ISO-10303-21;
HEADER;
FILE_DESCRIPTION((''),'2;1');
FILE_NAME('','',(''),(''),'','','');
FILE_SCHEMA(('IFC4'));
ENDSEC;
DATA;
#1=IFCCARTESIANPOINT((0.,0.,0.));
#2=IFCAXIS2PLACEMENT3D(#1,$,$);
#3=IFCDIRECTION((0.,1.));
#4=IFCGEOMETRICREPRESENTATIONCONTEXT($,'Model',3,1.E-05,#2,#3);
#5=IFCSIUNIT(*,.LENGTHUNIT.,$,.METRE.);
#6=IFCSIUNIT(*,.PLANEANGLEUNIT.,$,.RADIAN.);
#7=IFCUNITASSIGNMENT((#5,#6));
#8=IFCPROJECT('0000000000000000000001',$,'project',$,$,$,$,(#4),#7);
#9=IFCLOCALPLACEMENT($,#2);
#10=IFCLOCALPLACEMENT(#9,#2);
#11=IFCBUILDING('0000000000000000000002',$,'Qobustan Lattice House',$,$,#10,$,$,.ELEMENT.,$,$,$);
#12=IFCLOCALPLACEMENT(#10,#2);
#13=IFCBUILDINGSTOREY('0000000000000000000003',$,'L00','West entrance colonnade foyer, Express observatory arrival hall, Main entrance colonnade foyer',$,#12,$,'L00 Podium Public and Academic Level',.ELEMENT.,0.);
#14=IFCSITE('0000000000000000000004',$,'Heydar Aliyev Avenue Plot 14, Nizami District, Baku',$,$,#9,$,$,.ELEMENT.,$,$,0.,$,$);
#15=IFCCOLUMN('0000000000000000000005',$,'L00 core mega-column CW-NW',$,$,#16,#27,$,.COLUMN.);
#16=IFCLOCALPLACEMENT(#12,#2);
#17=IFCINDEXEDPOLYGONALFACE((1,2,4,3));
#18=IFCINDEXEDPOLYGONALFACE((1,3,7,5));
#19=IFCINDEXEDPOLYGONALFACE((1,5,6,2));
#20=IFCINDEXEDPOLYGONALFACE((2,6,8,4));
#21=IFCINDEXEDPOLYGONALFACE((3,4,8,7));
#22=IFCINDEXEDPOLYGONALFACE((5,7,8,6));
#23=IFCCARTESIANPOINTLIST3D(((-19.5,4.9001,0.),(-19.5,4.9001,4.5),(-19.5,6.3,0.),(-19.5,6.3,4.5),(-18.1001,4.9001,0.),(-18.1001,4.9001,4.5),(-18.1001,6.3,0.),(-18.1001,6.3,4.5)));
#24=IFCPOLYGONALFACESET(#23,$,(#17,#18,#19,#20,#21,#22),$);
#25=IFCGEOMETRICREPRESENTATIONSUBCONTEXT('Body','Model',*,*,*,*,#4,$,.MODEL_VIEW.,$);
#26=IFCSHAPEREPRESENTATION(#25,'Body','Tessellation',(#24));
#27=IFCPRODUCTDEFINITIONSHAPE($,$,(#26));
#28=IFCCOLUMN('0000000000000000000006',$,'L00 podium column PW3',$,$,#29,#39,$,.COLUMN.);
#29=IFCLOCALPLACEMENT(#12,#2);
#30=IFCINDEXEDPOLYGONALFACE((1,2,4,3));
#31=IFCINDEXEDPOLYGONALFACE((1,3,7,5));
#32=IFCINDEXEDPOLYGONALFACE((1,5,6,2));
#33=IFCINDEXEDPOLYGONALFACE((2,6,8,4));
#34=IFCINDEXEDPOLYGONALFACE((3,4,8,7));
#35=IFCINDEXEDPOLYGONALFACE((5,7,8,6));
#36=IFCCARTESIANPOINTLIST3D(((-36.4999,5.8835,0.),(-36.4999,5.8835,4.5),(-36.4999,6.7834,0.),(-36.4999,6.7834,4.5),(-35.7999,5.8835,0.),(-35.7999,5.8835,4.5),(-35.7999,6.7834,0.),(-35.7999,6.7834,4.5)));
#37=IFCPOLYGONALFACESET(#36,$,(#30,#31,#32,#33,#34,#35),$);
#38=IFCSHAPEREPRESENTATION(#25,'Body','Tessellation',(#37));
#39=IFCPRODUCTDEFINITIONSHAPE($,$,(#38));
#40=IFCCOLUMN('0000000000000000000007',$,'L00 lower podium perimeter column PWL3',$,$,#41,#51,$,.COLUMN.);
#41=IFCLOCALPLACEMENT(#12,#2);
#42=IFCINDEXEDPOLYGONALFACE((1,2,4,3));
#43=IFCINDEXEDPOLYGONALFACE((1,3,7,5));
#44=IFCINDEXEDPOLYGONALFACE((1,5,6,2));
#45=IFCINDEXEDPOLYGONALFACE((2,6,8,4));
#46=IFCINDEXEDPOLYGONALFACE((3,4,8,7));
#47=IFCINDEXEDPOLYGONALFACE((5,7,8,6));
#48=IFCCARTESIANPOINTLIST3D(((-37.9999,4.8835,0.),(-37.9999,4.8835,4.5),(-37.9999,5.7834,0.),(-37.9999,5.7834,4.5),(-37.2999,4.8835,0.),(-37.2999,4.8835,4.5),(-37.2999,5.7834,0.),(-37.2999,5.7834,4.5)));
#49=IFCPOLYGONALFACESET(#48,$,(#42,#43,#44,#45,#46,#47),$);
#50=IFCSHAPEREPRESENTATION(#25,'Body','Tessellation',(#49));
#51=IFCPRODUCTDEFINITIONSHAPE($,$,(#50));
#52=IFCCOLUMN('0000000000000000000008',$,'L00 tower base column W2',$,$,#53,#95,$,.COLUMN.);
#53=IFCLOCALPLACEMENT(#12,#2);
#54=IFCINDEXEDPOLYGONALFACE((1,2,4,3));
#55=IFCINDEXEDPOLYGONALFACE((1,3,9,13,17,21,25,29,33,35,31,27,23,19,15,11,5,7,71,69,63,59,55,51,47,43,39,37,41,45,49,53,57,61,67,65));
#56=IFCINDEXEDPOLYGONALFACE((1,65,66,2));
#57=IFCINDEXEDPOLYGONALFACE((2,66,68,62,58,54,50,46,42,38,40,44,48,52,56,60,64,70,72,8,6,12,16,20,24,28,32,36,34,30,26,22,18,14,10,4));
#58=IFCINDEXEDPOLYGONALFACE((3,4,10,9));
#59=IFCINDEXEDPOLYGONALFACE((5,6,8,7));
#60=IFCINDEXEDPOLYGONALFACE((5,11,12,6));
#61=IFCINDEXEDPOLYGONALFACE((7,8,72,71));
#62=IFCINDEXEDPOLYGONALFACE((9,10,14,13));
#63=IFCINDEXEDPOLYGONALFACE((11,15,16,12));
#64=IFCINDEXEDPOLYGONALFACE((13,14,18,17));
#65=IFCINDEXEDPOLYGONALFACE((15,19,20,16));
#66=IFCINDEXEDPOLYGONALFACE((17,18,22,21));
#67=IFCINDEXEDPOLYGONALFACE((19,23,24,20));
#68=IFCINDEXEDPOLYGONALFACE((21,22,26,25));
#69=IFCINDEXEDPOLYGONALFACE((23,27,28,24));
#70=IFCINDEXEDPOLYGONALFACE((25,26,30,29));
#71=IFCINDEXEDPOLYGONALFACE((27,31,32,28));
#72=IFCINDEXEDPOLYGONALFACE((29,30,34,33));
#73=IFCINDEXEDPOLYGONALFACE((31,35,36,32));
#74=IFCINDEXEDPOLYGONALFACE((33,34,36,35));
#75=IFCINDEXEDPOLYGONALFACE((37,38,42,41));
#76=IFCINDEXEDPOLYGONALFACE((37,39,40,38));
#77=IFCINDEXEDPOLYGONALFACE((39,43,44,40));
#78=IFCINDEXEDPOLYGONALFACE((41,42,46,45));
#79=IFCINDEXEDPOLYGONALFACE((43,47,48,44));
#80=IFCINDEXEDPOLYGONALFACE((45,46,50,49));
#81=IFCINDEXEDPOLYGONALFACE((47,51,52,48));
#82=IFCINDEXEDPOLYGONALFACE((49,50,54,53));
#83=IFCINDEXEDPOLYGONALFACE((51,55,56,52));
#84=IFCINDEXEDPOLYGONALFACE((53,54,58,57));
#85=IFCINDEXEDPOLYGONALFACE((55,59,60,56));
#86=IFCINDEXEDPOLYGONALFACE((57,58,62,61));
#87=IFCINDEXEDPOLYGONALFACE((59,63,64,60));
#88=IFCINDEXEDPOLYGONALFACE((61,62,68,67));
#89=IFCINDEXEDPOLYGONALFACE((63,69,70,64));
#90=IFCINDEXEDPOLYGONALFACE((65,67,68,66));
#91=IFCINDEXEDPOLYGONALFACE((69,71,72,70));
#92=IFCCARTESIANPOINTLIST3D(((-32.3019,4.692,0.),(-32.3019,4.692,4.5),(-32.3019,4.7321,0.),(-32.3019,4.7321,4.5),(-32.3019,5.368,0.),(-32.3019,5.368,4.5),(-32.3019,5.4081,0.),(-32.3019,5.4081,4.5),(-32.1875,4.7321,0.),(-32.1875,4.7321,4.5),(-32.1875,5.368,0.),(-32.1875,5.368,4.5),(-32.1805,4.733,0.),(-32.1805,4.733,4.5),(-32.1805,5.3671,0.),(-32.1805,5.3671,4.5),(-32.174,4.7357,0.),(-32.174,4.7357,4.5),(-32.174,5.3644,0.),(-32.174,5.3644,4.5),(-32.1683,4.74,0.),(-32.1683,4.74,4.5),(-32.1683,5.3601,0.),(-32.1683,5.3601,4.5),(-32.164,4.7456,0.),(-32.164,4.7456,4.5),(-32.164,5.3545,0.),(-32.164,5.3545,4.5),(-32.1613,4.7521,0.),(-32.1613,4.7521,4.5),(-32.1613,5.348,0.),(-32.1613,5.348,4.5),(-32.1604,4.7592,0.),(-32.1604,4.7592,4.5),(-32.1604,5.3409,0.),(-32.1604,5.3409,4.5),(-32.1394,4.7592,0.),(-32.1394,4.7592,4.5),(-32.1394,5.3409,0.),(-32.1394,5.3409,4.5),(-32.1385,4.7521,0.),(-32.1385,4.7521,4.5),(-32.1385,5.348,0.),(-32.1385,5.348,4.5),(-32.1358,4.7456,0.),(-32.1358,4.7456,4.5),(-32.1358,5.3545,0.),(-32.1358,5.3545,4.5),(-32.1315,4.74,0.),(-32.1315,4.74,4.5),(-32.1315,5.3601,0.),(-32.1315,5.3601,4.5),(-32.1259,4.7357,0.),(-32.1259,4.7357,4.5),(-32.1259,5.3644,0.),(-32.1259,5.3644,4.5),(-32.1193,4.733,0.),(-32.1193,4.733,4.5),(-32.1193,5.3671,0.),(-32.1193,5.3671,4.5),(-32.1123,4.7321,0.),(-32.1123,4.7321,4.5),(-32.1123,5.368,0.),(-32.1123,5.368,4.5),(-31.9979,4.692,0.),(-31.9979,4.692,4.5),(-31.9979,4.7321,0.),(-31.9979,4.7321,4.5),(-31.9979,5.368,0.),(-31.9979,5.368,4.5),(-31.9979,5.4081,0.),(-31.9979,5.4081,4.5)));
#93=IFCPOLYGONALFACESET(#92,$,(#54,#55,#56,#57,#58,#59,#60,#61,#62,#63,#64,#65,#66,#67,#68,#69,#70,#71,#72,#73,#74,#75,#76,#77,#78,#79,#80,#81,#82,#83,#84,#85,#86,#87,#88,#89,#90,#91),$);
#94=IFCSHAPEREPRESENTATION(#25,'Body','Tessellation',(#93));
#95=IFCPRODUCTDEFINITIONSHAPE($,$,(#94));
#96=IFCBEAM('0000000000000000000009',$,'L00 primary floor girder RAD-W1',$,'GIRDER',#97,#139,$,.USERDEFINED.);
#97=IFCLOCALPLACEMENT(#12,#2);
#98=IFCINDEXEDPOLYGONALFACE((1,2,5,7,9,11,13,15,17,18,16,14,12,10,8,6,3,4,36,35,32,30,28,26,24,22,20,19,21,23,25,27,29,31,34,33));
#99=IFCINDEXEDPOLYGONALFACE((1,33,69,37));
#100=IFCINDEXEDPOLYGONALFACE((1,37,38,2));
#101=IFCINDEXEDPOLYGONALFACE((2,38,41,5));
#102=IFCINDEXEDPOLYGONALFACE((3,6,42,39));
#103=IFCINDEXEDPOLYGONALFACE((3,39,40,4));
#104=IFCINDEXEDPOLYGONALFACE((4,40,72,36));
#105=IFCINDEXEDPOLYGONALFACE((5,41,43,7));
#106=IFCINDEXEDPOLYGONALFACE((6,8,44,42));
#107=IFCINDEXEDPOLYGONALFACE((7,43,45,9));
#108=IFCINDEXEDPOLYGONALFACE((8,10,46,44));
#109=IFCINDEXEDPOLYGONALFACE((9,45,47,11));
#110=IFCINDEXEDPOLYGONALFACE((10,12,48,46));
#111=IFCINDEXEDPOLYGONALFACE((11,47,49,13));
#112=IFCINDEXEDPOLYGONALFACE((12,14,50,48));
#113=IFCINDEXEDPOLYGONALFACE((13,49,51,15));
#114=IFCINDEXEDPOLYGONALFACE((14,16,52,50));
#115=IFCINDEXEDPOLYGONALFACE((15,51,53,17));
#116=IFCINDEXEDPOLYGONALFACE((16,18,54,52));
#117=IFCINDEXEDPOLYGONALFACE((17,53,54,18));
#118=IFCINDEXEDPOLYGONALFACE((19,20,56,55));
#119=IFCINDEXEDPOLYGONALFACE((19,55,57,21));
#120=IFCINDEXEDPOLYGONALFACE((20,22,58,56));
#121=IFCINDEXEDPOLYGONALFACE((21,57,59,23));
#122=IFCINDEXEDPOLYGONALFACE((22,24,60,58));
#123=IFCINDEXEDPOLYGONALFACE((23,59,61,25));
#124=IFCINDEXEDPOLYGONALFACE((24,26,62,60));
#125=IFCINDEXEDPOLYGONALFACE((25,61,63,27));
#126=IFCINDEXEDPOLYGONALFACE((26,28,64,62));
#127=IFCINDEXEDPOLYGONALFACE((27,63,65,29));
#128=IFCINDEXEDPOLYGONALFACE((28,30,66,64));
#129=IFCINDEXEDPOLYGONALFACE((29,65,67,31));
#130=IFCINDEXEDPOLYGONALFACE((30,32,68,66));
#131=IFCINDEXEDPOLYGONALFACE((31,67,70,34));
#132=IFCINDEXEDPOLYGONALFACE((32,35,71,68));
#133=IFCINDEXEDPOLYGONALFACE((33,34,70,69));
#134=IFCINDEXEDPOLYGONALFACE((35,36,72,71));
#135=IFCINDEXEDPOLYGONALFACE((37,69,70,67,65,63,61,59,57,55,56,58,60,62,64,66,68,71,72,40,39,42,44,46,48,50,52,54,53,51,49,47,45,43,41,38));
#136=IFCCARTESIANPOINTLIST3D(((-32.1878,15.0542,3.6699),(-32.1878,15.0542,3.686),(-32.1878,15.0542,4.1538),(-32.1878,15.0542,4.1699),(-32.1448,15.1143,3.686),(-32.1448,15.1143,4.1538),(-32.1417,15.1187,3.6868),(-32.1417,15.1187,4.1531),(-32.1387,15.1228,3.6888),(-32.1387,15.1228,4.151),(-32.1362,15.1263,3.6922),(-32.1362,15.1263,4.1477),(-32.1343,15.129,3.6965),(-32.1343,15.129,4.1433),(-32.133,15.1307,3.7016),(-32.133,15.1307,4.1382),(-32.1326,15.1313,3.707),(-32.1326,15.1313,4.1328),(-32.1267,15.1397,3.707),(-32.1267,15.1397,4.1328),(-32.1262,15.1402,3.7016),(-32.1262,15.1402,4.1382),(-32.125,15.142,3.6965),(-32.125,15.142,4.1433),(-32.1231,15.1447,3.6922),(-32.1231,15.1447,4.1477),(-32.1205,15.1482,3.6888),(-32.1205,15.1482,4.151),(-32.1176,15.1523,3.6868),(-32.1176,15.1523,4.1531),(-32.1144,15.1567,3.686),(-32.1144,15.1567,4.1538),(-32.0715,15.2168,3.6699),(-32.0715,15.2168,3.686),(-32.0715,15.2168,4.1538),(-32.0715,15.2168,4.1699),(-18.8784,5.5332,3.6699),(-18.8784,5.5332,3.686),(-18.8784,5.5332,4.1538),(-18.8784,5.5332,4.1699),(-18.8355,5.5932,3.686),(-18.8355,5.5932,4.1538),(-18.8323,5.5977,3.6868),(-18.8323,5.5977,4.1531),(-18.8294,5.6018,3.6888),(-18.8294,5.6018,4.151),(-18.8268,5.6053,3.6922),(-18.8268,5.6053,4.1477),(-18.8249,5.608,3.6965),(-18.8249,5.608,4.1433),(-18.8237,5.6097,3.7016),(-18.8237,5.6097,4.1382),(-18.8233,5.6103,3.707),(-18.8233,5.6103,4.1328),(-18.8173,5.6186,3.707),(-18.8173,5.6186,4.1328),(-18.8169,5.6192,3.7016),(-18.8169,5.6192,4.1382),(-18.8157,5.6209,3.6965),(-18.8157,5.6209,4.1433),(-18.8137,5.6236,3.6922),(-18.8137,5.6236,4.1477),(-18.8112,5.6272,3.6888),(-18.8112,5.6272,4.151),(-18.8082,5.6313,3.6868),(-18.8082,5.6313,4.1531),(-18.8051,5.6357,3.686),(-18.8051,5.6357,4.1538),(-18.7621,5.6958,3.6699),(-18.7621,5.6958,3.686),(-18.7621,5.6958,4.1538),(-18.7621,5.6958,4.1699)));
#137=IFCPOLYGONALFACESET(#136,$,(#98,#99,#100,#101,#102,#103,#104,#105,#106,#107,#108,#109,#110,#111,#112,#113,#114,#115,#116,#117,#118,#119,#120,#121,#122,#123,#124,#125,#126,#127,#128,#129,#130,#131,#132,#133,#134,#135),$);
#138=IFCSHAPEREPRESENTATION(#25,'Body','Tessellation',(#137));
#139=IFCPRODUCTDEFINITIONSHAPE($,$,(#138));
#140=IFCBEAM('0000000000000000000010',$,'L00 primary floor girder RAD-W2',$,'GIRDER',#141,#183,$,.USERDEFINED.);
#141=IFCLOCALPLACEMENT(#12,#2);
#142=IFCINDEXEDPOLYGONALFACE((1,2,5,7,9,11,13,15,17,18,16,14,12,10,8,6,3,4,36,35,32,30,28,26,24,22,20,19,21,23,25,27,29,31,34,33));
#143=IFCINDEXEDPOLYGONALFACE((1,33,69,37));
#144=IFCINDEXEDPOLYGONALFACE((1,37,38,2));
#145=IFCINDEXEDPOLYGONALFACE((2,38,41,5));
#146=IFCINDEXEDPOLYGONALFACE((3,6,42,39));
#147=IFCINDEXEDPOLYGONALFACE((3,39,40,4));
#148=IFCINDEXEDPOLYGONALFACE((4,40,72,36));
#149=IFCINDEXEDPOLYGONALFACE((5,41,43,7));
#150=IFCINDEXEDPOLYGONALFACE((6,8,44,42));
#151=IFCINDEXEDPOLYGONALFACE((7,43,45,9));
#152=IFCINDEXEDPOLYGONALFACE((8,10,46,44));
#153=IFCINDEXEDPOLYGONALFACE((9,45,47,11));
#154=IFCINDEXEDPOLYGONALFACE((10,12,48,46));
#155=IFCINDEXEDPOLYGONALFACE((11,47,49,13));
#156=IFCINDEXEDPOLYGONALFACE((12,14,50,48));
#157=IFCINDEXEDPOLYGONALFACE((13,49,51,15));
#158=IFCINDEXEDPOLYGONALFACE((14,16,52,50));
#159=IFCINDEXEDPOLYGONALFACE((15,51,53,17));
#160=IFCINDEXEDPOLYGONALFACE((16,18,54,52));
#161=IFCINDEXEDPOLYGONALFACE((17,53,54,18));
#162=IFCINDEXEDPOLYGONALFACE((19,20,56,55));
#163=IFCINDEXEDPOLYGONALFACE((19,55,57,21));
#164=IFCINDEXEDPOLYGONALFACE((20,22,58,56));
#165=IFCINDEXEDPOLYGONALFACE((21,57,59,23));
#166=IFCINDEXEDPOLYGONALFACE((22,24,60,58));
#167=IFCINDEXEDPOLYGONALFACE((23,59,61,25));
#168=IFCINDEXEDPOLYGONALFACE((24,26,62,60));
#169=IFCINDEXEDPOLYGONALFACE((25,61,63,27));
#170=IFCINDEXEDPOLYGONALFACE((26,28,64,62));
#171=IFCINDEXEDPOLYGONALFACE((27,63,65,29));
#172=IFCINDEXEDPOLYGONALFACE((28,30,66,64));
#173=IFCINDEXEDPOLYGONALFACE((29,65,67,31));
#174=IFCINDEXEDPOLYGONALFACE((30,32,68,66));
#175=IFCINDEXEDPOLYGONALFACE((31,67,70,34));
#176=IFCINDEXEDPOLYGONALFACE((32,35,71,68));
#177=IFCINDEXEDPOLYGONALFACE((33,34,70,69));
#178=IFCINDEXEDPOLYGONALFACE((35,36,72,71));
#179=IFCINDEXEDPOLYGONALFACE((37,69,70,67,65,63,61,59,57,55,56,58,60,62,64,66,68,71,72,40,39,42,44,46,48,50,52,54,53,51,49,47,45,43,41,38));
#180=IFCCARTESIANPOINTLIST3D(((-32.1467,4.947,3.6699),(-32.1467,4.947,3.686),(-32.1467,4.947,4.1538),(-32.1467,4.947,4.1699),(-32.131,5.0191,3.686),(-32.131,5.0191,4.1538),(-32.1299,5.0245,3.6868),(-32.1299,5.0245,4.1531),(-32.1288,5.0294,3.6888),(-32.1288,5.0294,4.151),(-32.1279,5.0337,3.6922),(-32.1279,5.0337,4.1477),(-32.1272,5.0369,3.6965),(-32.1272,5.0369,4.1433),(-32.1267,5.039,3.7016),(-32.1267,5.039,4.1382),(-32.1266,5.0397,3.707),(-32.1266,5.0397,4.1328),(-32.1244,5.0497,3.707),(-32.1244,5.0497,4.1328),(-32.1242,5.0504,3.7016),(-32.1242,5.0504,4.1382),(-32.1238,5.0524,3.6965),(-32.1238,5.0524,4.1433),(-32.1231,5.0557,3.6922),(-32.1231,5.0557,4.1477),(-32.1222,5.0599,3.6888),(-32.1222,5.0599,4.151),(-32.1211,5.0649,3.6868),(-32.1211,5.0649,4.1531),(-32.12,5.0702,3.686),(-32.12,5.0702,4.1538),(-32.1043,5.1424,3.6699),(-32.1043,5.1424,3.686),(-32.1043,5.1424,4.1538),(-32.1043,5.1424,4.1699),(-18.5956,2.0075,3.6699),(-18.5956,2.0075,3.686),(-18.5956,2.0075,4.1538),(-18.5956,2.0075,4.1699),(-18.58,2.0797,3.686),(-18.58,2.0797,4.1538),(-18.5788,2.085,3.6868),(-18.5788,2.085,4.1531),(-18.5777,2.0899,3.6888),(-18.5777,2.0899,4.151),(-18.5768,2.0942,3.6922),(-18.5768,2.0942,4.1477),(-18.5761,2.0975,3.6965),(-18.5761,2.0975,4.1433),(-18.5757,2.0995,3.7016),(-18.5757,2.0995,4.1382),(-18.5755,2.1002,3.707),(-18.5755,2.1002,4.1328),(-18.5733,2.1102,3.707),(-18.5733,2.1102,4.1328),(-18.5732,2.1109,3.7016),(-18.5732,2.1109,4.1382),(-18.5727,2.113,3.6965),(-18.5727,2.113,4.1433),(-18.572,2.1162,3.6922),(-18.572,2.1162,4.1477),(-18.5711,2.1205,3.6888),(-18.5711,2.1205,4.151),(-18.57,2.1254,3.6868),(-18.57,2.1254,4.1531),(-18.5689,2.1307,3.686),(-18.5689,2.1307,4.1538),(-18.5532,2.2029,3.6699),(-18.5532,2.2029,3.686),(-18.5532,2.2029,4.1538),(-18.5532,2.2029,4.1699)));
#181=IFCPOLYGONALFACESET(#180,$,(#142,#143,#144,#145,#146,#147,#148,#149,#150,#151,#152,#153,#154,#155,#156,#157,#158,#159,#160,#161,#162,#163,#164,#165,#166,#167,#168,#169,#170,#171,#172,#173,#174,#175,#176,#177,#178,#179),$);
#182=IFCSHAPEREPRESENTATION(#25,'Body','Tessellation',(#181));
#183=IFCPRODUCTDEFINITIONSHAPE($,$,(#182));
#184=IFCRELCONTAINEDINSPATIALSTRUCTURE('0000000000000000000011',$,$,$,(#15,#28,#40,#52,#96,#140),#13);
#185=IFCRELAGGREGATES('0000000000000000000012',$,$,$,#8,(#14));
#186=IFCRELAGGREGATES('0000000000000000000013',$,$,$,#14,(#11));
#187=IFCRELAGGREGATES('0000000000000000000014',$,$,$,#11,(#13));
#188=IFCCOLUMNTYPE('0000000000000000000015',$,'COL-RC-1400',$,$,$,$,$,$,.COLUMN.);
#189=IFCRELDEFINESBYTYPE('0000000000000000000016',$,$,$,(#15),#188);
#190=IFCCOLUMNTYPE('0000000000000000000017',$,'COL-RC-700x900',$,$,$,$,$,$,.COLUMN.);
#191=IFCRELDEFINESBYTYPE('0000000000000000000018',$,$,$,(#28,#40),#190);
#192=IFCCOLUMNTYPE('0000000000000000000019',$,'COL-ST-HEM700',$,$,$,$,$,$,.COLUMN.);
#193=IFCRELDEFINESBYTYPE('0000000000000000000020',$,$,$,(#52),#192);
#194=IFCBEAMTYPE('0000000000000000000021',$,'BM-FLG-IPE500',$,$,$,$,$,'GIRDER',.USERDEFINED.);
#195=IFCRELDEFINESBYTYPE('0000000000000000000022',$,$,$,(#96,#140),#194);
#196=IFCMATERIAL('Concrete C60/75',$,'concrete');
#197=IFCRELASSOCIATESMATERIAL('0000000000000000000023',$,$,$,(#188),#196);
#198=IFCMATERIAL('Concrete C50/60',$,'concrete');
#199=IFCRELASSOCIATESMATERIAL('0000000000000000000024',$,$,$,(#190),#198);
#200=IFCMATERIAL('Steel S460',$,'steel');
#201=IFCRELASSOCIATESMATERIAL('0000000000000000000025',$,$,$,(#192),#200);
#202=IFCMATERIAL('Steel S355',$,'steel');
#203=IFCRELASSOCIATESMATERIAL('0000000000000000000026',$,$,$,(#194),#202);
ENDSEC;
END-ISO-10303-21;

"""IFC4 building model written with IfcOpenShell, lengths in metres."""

from ifc_helpers import new_model, si_unit, direction, frame, origin, origin_2d, place, context, subcontext, project, spatial, rectangle, i_section, extrude, material, material_profile, profile_set, type_object, element, save


model = new_model("IFC4")

# Units and contexts
model_context = context("Model", 3, precision=1e-05, world=origin(), true_north=direction((0.0, 1.0)))
body_context = subcontext(model_context, "Body", "Model", "MODEL_VIEW")
ifc_project = project(units=[si_unit("LENGTHUNIT", "METRE"), si_unit("PLANEANGLEUNIT", "RADIAN")], contexts=[model_context])

# Site, building, storey
site_placement = place(None, origin())
site = spatial("IfcSite", under=ifc_project, at=site_placement, Name="Heydar Aliyev Avenue Plot 14, Nizami District, Baku", CompositionType="ELEMENT", RefElevation=0.0)
building_placement = place(site_placement, origin())
building = spatial("IfcBuilding", under=site, at=building_placement, Name="Qobustan Lattice House", CompositionType="ELEMENT")
storey_placement = place(building_placement, origin())
storey = spatial("IfcBuildingStorey", under=building, at=storey_placement, Name="L00", Description="West entrance colonnade foyer, Express observatory arrival hall, Main entrance colonnade foyer", LongName="L00 Podium Public and Academic Level", CompositionType="ELEMENT", Elevation=0.0)

# Columns
ifc_material_1 = material(Name="Concrete C60/75", Category="concrete")
ifc_material_profile_1 = material_profile(ifc_material_1, rectangle(XDim=1.3999, YDim=1.3999, at=origin_2d()), Name="RC1400x1400")
ifc_profile_set_1 = profile_set([ifc_material_profile_1], Name="Concrete C60/75")
column_type_1 = type_object("IfcColumnType", Name="COL-RC-1400", PredefinedType="COLUMN", material=ifc_profile_set_1)
column_1_placement = place(storey_placement, frame((-18.8, 5.6001, 0.0), z_axis=(0.0, 0.0, 1.0), x_axis=(1.0, 0.0, 0.0)))
element("IfcColumn", 1, at=column_1_placement, inside=storey, type_object=column_type_1, Name="L00 core mega-column CW-NW", PredefinedType="COLUMN", context=body_context, shape_type="SweptSolid", body=[
    extrude(rectangle(XDim=1.3999, YDim=1.3999, at=origin_2d()), origin(), (0.0, 0.0, 1.0), 4.5),
])
ifc_material_2 = material(Name="Concrete C50/60", Category="concrete")
ifc_material_profile_2 = material_profile(ifc_material_2, rectangle(XDim=0.7, YDim=0.8999, at=origin_2d()), Name="RC700x900")
ifc_profile_set_2 = profile_set([ifc_material_profile_2], Name="Concrete C50/60")
column_type_2 = type_object("IfcColumnType", Name="COL-RC-700x900", PredefinedType="COLUMN", material=ifc_profile_set_2)
for number, where, z_axis, x_axis, name in (
    (2, (-36.1499, 6.3335, 0.0), (0.0, 0.0, 1.0), (1.0, 0.0, 0.0), "L00 podium column PW3"),
    (3, (-37.6499, 5.3335, 0.0), (0.0, 0.0, 1.0), (1.0, 0.0, 0.0), "L00 lower podium perimeter column PWL3"),
):
    element("IfcColumn", number, at=place(storey_placement, frame(where, z_axis=z_axis, x_axis=x_axis)), inside=storey, type_object=column_type_2, Name=name, PredefinedType="COLUMN", context=body_context, shape_type="SweptSolid", body=[
        extrude(rectangle(XDim=0.7, YDim=0.8999, at=origin_2d()), origin(), (0.0, 0.0, 1.0), 4.5),
    ])
ifc_material_3 = material(Name="Steel S460", Category="steel")
ifc_material_profile_3 = material_profile(ifc_material_3, i_section(OverallWidth=0.304, OverallDepth=0.7161, WebThickness=0.021, FlangeThickness=0.04, FilletRadius=0.0271, at=origin_2d()), Name="HEM700")
ifc_profile_set_3 = profile_set([ifc_material_profile_3], Name="Steel S460")
column_type_3 = type_object("IfcColumnType", Name="COL-ST-HEM700", PredefinedType="COLUMN", material=ifc_profile_set_3)
column_2_placement = place(storey_placement, frame((-32.1499, 5.05, 0.0), z_axis=(0.0, 0.0, 1.0), x_axis=(1.0, 0.0, 0.0)))
element("IfcColumn", 4, at=column_2_placement, inside=storey, type_object=column_type_3, Name="L00 tower base column W2", PredefinedType="COLUMN", context=body_context, shape_type="SweptSolid", body=[
    extrude(i_section(OverallWidth=0.304, OverallDepth=0.7161, WebThickness=0.021, FlangeThickness=0.04, FilletRadius=0.0271, at=origin_2d()), origin(), (0.0, 0.0, 1.0), 4.5),
])

# Beams
ifc_material_4 = material(Name="Steel S355", Category="steel")
ifc_material_profile_4 = material_profile(ifc_material_4, i_section(OverallWidth=0.2, OverallDepth=0.5, WebThickness=0.0103, FlangeThickness=0.0161, FilletRadius=0.021, at=origin_2d()), Name="IPE500")
ifc_profile_set_4 = profile_set([ifc_material_profile_4], Name="Steel S355")
beam_type_1 = type_object("IfcBeamType", Name="BM-FLG-IPE500", ElementType="GIRDER", PredefinedType="USERDEFINED", material=ifc_profile_set_4)
beam_1_placement = place(storey_placement, frame((-32.1296, 15.1355, 3.9199), z_axis=(0.813319, -0.581818, 0.0), x_axis=(0.581818, 0.813319, 0.0)))
element("IfcBeam", 5, at=beam_1_placement, inside=storey, type_object=beam_type_1, Name="L00 primary floor girder RAD-W1", ObjectType="GIRDER", PredefinedType="USERDEFINED", context=body_context, shape_type="SweptSolid", body=[
    extrude(i_section(OverallWidth=0.2, OverallDepth=0.5, WebThickness=0.0103, FlangeThickness=0.0161, FilletRadius=0.021, at=origin_2d()), origin(), (0.0, 0.0, 1.0), 16.3643),
])
beam_2_placement = place(storey_placement, frame((-32.1255, 5.0447, 3.9199), z_axis=(0.977272, -0.211987, 0.0), x_axis=(0.211987, 0.977272, 0.0)))
element("IfcBeam", 6, at=beam_2_placement, inside=storey, type_object=beam_type_1, Name="L00 primary floor girder RAD-W2", ObjectType="GIRDER", PredefinedType="USERDEFINED", context=body_context, shape_type="SweptSolid", body=[
    extrude(i_section(OverallWidth=0.2, OverallDepth=0.5, WebThickness=0.0103, FlangeThickness=0.0161, FilletRadius=0.021, at=origin_2d()), origin(), (0.0, 0.0, 1.0), 13.8662),
])

save(model, "model.ifc")
